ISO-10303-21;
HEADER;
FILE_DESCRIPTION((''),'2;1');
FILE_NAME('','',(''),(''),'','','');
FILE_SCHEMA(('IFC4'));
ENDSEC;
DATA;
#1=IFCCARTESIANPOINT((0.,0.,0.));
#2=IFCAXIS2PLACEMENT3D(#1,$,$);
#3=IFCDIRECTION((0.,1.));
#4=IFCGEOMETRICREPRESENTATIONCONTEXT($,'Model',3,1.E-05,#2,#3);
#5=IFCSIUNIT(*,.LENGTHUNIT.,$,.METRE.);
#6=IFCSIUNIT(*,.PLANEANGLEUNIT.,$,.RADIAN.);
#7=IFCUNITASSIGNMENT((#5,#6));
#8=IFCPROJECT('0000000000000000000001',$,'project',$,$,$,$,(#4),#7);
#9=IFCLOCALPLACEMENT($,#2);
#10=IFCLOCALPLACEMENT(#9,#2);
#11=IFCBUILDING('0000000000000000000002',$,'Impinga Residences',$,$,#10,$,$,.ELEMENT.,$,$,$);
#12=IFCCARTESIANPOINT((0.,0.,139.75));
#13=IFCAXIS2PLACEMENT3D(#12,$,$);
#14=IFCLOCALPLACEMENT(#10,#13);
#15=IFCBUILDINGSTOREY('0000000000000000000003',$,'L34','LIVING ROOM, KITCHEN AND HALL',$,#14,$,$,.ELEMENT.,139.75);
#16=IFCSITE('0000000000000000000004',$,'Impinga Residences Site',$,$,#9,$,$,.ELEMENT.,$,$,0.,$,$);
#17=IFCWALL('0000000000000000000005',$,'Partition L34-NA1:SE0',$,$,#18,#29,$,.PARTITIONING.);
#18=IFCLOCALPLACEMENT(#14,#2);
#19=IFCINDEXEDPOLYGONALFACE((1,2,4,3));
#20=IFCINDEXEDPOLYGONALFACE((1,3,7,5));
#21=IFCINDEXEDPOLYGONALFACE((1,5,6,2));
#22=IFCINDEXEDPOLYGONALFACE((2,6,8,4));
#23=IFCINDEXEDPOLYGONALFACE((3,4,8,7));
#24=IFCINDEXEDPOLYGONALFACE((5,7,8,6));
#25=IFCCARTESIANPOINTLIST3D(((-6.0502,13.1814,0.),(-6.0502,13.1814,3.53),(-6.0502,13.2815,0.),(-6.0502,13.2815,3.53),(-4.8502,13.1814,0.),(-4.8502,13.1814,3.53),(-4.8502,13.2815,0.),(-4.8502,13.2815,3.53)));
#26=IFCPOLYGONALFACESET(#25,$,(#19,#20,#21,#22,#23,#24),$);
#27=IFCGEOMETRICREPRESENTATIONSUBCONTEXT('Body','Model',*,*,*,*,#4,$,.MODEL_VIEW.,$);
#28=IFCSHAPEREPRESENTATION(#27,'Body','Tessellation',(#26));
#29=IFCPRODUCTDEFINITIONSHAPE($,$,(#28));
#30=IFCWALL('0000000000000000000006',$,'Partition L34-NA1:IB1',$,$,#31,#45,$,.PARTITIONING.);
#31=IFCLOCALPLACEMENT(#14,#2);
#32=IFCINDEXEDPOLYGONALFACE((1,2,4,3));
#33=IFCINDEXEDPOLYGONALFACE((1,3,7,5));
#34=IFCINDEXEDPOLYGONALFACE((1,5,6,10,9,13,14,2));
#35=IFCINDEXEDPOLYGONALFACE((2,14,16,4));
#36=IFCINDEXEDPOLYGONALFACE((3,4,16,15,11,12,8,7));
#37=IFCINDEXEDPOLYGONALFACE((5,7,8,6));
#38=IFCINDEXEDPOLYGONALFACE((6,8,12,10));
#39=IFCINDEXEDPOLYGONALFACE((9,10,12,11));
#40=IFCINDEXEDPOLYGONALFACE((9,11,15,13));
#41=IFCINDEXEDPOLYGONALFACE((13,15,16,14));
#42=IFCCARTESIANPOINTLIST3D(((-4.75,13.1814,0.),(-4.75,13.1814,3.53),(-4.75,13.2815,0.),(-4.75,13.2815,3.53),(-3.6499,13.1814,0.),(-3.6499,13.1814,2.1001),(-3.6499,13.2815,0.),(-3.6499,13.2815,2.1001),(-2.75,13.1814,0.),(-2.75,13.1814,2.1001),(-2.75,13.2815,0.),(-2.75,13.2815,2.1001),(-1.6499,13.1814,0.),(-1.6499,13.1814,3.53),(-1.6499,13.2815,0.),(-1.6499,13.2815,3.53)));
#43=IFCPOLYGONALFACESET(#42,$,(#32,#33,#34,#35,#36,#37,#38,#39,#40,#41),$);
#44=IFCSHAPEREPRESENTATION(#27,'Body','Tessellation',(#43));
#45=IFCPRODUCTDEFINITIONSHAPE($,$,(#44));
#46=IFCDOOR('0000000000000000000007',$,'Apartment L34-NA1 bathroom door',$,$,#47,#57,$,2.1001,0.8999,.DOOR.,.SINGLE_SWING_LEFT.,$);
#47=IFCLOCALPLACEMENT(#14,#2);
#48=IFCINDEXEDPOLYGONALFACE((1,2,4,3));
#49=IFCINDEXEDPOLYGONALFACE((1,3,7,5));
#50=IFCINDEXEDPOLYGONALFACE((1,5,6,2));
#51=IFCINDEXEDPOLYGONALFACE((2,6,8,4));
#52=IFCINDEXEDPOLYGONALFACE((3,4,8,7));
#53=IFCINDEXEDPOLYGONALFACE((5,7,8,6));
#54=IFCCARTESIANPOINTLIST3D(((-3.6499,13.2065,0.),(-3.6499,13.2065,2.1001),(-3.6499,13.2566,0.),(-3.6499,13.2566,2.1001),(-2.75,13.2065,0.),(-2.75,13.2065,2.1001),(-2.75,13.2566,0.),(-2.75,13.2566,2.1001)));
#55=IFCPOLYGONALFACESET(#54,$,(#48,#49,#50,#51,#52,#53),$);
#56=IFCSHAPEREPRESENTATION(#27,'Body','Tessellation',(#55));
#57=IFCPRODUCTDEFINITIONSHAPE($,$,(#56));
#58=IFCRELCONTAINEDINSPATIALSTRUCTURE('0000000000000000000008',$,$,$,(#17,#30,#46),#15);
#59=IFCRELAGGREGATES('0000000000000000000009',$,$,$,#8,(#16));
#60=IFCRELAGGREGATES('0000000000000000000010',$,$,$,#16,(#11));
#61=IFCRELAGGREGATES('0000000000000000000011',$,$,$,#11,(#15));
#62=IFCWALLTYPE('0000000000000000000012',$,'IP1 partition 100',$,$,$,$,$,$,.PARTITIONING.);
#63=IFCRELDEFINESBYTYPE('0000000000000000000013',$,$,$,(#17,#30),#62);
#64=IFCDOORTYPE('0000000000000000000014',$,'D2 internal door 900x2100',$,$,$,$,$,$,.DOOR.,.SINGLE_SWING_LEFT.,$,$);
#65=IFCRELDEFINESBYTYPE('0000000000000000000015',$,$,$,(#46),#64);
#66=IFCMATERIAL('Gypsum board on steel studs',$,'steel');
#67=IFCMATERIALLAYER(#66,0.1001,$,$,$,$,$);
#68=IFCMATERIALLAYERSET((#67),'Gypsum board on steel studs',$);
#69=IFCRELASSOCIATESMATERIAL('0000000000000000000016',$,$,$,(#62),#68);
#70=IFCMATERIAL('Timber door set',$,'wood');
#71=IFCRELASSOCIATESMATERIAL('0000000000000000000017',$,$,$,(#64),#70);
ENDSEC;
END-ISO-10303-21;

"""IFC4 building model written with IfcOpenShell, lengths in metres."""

from ifc_helpers import new_model, si_unit, direction, frame, frame_2d, origin, place, context, subcontext, project, spatial, rectangle, extrude, material, layer, layer_set, type_object, element, fill, save


model = new_model("IFC4")

# Units and contexts
model_context = context("Model", 3, precision=1e-05, world=origin(), true_north=direction((0.0, 1.0)))
body_context = subcontext(model_context, "Body", "Model", "MODEL_VIEW")
ifc_project = project(units=[si_unit("LENGTHUNIT", "METRE"), si_unit("PLANEANGLEUNIT", "RADIAN")], contexts=[model_context])

# Site, building, storey
site_placement = place(None, origin())
site = spatial("IfcSite", under=ifc_project, at=site_placement, Name="Impinga Residences Site", CompositionType="ELEMENT", RefElevation=0.0)
building_placement = place(site_placement, origin())
building = spatial("IfcBuilding", under=site, at=building_placement, Name="Impinga Residences", CompositionType="ELEMENT")
storey_placement = place(building_placement, frame((0.0, 0.0, 139.75)))
storey = spatial("IfcBuildingStorey", under=building, at=storey_placement, Name="L34", Description="LIVING ROOM, KITCHEN AND HALL", CompositionType="ELEMENT", Elevation=139.75)

# Shared definitions
ifc_material_1 = material(Name="Timber door set", Category="wood")

# Wall
ifc_material_2 = material(Name="Gypsum board on steel studs", Category="steel")
ifc_layer_1 = layer(ifc_material_2, 0.1001)
ifc_layer_set_1 = layer_set([ifc_layer_1], Name="Gypsum board on steel studs")
wall_type_1 = type_object("IfcWallType", Name="IP1 partition 100", PredefinedType="PARTITIONING", material=ifc_layer_set_1)
wall_1_placement = place(storey_placement, frame((-4.8501, 13.2314, 0.0), z_axis=(0.0, 0.0, 1.0), x_axis=(-1.0, 0.0, 0.0)))
element("IfcWall", 1, at=wall_1_placement, inside=storey, type_object=wall_type_1, Name="Partition L34-NA1:SE0", PredefinedType="PARTITIONING", context=body_context, shape_type="SweptSolid", body=[
    extrude(rectangle(XDim=1.2, YDim=0.1001, at=frame_2d((0.6001, 0.0))), origin(), (0.0, 0.0, 1.0), 3.53),
])

# Wall, opening, door
wall_2_placement = place(storey_placement, frame((-1.6499, 13.2314, 0.0), z_axis=(0.0, 0.0, 1.0), x_axis=(-1.0, 0.0, 0.0)))
wall_2 = element("IfcWall", 2, at=wall_2_placement, inside=storey, type_object=wall_type_1, Name="Partition L34-NA1:IB1", PredefinedType="PARTITIONING", context=body_context, shape_type="SweptSolid", body=[
    extrude(rectangle(XDim=3.1001, YDim=0.1001, at=frame_2d((1.55, 0.0))), origin(), (0.0, 0.0, 1.0), 3.53),
])
opening_1_placement = place(wall_2_placement, frame((1.1001, 0.0, 0.0)))
opening_1 = element("IfcOpeningElement", 3, at=opening_1_placement, cuts=wall_2, PredefinedType="OPENING", context=body_context, shape_type="SweptSolid", body=[
    extrude(rectangle(XDim=0.8999, YDim=2.1001, at=frame_2d((0.45, 1.05))), frame((0.0, 0.0601, 0.0), z_axis=(0.0, -1.0, 0.0), x_axis=(1.0, 0.0, 0.0)), (0.0, 0.0, 1.0), 0.1201),
])
door_type_1 = type_object("IfcDoorType", Name="D2 internal door 900x2100", OperationType="SINGLE_SWING_LEFT", PredefinedType="DOOR", material=ifc_material_1)
door_1_placement = place(opening_1_placement, origin())
door_1 = element("IfcDoor", 4, at=door_1_placement, inside=storey, type_object=door_type_1, Name="Apartment L34-NA1 bathroom door", OperationType="SINGLE_SWING_LEFT", OverallHeight=2.1001, OverallWidth=0.8999, PredefinedType="DOOR", context=body_context, shape_type="SweptSolid", body=[
    extrude(rectangle(XDim=0.8999, YDim=2.1001, at=frame_2d((0.45, 1.05))), frame((0.0, 0.0249, 0.0), z_axis=(0.0, -1.0, 0.0), x_axis=(1.0, 0.0, 0.0)), (0.0, 0.0, 1.0), 0.05),
])
fill(opening_1, door_1)

save(model, "model.ifc")
